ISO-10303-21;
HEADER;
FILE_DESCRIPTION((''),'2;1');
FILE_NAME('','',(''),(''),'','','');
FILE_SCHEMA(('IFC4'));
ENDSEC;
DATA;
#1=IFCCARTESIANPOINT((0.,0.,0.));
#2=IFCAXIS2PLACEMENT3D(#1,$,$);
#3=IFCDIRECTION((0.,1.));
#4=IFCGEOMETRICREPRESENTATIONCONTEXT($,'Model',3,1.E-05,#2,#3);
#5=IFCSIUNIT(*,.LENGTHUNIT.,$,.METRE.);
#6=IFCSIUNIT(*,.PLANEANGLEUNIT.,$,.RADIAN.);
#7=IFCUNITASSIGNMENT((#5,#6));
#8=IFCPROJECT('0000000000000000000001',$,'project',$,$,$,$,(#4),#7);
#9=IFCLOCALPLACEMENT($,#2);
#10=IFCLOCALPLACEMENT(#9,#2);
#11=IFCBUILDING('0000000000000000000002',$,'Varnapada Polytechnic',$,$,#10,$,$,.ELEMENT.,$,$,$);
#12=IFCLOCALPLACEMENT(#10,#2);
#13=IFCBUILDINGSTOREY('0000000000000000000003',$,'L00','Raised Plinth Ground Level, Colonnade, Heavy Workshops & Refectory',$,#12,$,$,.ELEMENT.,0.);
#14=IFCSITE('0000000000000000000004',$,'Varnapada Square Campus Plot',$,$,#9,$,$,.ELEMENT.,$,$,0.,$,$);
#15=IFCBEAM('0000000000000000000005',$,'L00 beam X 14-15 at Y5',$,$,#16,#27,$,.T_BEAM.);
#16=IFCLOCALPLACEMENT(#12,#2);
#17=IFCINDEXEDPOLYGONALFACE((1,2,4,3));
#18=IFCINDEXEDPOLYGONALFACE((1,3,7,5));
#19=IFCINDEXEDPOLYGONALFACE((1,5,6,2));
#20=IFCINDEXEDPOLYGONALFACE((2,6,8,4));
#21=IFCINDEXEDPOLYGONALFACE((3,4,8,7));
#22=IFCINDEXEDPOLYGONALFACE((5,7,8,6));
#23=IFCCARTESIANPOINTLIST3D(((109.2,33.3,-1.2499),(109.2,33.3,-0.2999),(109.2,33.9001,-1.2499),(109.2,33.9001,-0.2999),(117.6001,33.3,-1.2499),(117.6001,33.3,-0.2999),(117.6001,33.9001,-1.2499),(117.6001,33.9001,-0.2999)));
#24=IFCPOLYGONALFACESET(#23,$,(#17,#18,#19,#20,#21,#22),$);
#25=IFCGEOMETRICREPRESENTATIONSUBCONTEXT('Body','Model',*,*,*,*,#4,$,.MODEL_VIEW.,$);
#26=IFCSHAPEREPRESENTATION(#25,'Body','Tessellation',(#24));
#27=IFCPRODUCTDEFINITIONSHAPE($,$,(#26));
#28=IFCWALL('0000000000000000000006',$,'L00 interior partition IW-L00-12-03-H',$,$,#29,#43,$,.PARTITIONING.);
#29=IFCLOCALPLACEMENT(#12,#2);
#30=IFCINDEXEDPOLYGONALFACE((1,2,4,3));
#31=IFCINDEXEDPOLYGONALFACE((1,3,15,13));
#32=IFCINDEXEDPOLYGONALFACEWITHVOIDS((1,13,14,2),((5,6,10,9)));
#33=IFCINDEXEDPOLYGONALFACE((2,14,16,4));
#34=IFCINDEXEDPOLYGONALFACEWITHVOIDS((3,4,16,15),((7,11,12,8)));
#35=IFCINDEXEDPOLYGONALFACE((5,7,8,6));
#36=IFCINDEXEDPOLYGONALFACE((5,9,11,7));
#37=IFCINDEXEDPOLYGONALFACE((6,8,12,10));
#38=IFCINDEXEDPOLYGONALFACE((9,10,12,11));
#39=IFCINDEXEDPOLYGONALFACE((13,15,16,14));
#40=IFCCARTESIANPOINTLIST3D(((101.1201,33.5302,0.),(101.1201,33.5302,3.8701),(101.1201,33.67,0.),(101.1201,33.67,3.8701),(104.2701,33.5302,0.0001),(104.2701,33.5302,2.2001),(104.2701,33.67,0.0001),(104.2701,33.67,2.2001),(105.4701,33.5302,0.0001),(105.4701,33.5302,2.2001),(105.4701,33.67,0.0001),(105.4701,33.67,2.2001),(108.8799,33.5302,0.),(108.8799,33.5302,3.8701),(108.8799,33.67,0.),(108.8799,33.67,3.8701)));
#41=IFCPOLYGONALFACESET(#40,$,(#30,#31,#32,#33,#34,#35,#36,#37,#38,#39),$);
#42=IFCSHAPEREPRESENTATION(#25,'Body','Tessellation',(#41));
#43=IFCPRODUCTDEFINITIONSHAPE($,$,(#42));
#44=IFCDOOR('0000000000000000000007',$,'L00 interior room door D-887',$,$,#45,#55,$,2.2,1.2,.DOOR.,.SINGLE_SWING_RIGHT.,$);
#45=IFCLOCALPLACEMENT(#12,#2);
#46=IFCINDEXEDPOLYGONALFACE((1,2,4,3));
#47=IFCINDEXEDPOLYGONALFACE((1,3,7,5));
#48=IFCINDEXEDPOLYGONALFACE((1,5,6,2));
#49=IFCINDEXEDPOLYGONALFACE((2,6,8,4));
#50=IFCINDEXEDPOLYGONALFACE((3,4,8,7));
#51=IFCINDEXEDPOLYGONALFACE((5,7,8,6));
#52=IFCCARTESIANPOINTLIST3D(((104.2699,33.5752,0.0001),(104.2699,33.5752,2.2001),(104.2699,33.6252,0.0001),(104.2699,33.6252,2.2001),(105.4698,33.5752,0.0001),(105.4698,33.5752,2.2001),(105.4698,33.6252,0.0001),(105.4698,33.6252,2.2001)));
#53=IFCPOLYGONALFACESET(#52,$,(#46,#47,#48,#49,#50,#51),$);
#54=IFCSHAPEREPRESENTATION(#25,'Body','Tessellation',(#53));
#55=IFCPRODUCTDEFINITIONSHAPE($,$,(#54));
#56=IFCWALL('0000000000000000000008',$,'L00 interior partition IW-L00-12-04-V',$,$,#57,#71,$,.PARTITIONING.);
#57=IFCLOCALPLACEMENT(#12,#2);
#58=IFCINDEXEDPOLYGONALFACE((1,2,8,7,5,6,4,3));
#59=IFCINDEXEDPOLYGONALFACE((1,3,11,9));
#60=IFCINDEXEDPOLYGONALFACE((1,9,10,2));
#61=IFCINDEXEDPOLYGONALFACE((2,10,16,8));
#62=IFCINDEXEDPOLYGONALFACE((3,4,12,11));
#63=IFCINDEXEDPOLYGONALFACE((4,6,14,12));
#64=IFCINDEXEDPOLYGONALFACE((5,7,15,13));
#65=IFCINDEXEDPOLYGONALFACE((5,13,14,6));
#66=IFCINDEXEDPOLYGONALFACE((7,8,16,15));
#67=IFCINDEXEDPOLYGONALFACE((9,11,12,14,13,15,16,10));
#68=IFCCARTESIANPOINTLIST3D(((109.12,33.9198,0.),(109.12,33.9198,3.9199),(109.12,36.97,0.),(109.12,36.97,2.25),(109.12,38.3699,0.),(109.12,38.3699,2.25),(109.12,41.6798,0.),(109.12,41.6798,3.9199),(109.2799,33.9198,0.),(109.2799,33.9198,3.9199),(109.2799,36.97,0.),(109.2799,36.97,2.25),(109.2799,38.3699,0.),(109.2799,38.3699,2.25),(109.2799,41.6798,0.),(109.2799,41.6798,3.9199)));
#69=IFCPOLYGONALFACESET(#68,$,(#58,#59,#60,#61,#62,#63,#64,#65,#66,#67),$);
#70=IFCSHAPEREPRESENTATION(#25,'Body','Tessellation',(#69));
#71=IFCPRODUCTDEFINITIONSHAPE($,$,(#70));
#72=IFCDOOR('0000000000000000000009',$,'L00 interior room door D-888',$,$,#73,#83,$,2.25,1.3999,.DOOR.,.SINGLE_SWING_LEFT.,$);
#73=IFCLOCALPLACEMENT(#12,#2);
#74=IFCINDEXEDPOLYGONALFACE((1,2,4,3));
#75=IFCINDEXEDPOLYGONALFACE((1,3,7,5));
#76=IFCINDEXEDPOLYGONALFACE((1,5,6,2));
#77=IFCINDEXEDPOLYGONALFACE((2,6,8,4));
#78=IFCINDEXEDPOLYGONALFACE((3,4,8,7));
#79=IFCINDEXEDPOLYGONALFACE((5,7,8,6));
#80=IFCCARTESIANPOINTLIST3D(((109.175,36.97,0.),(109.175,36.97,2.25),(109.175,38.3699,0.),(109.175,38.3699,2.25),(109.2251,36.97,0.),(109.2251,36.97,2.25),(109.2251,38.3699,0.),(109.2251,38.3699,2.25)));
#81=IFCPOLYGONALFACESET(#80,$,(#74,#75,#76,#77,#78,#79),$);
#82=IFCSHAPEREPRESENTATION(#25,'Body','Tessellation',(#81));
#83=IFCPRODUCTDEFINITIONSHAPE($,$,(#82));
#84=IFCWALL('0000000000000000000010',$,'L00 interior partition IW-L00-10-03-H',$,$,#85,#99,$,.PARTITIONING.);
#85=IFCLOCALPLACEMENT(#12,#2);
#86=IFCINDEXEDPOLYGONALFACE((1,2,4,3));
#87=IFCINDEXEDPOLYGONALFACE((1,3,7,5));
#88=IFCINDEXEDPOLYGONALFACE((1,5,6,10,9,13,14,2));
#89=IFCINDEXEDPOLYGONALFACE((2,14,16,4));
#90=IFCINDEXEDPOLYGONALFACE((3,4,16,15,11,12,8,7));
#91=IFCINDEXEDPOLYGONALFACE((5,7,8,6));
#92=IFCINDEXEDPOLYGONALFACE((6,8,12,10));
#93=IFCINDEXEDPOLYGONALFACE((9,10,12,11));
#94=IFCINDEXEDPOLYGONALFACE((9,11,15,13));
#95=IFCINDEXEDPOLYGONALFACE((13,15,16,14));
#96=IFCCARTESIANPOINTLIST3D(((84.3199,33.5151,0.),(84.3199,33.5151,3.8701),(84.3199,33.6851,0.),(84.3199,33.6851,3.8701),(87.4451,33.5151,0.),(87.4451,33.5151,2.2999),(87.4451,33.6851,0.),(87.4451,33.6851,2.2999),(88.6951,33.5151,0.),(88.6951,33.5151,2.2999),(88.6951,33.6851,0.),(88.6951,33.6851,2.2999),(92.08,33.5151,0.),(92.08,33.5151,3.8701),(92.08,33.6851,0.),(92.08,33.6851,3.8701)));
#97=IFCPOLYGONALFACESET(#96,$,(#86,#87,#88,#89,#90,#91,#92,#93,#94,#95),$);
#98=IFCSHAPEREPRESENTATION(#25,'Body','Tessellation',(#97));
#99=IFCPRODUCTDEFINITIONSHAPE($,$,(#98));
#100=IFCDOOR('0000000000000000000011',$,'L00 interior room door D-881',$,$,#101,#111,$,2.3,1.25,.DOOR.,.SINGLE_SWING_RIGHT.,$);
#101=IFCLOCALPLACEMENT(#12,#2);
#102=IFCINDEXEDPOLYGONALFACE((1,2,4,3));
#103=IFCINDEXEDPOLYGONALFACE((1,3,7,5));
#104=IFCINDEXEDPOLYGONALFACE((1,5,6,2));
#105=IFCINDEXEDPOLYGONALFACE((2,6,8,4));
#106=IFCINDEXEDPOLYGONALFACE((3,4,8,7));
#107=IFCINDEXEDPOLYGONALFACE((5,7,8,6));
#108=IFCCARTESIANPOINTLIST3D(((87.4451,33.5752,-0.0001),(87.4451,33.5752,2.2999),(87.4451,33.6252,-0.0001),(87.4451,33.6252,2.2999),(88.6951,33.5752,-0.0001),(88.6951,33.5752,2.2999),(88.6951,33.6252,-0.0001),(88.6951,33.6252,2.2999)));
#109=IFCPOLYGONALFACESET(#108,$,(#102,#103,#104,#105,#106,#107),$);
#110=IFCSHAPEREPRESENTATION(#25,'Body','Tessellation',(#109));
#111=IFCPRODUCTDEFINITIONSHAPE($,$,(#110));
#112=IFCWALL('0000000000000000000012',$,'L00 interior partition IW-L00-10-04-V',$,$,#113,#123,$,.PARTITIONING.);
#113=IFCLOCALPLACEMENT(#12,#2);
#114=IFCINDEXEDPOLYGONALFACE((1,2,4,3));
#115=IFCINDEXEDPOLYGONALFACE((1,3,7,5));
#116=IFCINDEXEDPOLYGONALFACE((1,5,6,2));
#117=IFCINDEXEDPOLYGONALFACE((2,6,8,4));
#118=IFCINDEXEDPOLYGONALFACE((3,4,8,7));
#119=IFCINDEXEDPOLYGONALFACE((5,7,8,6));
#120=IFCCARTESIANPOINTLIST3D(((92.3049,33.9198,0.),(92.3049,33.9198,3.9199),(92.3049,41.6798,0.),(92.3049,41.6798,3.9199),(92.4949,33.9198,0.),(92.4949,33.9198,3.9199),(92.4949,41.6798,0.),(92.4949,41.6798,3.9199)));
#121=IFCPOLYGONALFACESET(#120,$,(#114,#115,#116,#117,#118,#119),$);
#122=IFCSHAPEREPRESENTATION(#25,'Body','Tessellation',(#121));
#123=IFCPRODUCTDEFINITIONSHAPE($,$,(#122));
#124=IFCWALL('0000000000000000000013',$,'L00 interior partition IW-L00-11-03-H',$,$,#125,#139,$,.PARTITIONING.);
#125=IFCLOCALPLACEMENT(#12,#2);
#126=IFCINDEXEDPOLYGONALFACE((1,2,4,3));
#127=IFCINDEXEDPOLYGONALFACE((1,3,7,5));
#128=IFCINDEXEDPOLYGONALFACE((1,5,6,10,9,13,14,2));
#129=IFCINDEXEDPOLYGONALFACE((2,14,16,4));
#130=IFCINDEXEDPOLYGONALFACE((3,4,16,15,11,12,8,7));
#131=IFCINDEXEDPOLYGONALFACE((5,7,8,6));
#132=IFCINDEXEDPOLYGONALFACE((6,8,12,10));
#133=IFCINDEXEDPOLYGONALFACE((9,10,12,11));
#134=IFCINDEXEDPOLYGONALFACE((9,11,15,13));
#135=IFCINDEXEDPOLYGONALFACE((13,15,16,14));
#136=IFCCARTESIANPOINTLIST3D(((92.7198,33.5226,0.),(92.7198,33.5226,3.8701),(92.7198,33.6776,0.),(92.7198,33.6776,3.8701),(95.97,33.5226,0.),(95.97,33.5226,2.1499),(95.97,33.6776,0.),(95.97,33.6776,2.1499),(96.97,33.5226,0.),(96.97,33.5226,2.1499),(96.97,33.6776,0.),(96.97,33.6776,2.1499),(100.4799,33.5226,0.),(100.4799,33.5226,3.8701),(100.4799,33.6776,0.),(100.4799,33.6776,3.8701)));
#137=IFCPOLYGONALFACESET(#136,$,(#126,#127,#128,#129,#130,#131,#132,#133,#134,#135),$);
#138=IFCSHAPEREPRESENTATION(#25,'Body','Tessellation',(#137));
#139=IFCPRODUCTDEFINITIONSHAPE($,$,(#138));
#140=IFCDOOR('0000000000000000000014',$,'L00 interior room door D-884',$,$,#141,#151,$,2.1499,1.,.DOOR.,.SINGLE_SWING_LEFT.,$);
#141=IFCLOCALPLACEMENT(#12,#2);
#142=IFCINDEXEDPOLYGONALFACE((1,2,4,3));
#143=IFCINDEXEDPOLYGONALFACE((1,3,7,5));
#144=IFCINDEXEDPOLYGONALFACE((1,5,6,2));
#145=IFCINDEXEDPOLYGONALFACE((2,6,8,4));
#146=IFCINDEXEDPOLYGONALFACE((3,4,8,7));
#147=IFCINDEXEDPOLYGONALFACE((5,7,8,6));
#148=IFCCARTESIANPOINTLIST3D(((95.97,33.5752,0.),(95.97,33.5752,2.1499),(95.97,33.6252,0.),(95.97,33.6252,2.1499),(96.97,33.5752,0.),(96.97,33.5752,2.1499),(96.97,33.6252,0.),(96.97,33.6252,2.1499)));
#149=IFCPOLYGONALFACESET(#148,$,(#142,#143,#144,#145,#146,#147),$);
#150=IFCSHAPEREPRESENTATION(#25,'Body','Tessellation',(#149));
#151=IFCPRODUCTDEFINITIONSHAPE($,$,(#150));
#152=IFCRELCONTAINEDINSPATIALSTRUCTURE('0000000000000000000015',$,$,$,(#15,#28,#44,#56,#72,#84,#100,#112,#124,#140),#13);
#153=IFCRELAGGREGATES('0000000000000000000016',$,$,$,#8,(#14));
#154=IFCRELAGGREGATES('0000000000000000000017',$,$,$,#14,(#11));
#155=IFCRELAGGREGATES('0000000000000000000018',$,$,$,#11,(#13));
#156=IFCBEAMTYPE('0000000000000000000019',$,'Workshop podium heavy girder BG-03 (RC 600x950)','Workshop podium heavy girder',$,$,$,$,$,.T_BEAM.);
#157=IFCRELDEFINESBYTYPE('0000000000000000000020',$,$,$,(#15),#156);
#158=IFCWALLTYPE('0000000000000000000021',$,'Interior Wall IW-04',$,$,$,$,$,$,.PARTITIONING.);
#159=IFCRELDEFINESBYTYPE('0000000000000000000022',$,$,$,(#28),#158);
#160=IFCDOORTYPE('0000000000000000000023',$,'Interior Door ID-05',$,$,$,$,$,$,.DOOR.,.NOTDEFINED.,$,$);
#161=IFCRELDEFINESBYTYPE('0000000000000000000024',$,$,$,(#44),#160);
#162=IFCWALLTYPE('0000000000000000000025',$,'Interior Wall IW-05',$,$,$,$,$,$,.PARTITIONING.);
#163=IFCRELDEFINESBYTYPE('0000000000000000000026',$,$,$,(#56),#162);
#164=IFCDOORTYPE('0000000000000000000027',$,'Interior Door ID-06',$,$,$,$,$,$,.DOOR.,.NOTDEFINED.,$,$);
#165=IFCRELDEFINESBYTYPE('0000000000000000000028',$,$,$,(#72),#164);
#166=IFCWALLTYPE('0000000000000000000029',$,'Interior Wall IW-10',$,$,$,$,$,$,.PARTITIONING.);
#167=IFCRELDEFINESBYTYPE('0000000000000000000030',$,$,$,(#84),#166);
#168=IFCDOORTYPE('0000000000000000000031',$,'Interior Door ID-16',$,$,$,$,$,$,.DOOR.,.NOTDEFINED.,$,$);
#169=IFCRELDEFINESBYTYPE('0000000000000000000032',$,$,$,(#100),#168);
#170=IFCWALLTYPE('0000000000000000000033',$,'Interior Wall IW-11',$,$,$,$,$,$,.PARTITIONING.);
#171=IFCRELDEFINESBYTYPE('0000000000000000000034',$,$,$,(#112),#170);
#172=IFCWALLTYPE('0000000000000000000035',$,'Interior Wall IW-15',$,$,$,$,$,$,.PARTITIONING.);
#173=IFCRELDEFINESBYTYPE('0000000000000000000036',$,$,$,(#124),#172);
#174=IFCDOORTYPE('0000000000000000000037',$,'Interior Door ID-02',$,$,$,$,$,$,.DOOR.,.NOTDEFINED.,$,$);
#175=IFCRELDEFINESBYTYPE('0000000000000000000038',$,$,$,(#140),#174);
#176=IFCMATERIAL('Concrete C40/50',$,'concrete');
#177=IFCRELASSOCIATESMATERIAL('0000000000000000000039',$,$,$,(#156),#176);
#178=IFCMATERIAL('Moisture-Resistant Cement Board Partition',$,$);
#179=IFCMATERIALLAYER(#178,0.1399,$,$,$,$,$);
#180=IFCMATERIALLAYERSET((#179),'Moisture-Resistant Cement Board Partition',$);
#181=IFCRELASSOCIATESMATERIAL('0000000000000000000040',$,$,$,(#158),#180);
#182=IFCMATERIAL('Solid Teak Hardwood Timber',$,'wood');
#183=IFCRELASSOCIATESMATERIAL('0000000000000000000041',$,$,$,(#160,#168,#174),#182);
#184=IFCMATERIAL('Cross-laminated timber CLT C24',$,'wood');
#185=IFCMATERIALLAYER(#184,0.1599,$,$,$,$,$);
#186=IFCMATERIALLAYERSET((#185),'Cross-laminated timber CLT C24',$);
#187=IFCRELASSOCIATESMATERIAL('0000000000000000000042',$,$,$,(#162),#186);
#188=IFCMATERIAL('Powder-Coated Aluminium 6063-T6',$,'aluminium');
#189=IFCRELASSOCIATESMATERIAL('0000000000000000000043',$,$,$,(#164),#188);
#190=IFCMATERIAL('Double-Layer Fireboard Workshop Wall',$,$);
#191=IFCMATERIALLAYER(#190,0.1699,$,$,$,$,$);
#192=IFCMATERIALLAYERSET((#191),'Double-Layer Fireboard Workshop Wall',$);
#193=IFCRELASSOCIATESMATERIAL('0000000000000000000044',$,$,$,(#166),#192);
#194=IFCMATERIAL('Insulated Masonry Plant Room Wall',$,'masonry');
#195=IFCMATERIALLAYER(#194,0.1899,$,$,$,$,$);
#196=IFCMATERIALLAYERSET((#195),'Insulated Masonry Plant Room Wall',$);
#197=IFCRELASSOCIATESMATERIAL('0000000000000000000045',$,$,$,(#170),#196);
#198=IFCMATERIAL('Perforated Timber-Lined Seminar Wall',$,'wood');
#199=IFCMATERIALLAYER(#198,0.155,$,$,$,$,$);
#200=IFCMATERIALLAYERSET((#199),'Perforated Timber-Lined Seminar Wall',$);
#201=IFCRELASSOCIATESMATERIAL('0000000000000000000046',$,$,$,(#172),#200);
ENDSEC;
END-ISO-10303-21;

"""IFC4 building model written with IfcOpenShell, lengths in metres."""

from ifc_helpers import new_model, si_unit, direction, frame, frame_2d, origin, origin_2d, place, context, subcontext, project, spatial, rectangle, extrude, material, layer, layer_set, material_profile, profile_set, type_object, element, fill, save


model = new_model("IFC4")

# Units and contexts
model_context = context("Model", 3, precision=1e-05, world=origin(), true_north=direction((0.0, 1.0)))
body_context = subcontext(model_context, "Body", "Model", "MODEL_VIEW")
ifc_project = project(units=[si_unit("LENGTHUNIT", "METRE"), si_unit("PLANEANGLEUNIT", "RADIAN")], contexts=[model_context])

# Site, building, storey
site_placement = place(None, origin())
site = spatial("IfcSite", under=ifc_project, at=site_placement, Name="Varnapada Square Campus Plot", CompositionType="ELEMENT", RefElevation=0.0)
building_placement = place(site_placement, origin())
building = spatial("IfcBuilding", under=site, at=building_placement, Name="Varnapada Polytechnic", CompositionType="ELEMENT")
storey_placement = place(building_placement, origin())
storey = spatial("IfcBuildingStorey", under=building, at=storey_placement, Name="L00", Description="Raised Plinth Ground Level, Colonnade, Heavy Workshops & Refectory", CompositionType="ELEMENT", Elevation=0.0)

# Shared definitions
ifc_material_1 = material(Name="Concrete C40/50", Category="concrete")

# Beam
ifc_material_profile_1 = material_profile(ifc_material_1, rectangle(XDim=0.6001, YDim=0.95, at=origin_2d()), Name="RC 600x950")
ifc_profile_set_1 = profile_set([ifc_material_profile_1], Name="Concrete C40/50")
beam_type_1 = type_object("IfcBeamType", Name="Workshop podium heavy girder BG-03 (RC 600x950)", Description="Workshop podium heavy girder", PredefinedType="T_BEAM", material=ifc_profile_set_1)
for number, where, z_axis, x_axis, name in (
    (1, (109.2, 33.6001, -0.7749), (1.0, 0.0, 0.0), (0.0, 1.0, 0.0), "L00 beam X 14-15 at Y5"),
):
    element("IfcBeam", number, at=place(storey_placement, frame(where, z_axis=z_axis, x_axis=x_axis)), inside=storey, type_object=beam_type_1, Name=name, PredefinedType="T_BEAM", context=body_context, shape_type="SweptSolid", body=[
        extrude(rectangle(XDim=0.6001, YDim=0.95, at=origin_2d()), origin(), (0.0, 0.0, 1.0), 8.4001),
    ])

# Walls, openings, doors
ifc_material_2 = material(Name="Moisture-Resistant Cement Board Partition")
ifc_layer_1 = layer(ifc_material_2, 0.1399)
ifc_layer_set_1 = layer_set([ifc_layer_1], Name="Moisture-Resistant Cement Board Partition")
wall_type_1 = type_object("IfcWallType", Name="Interior Wall IW-04", PredefinedType="PARTITIONING", material=ifc_layer_set_1)
wall_1_placement = place(storey_placement, frame((101.1201, 33.6001, 0.0), z_axis=(0.0, 0.0, 1.0), x_axis=(1.0, 0.0, 0.0)))
wall_1 = element("IfcWall", 2, at=wall_1_placement, inside=storey, type_object=wall_type_1, Name="L00 interior partition IW-L00-12-03-H", PredefinedType="PARTITIONING", context=body_context, shape_type="SweptSolid", body=[
    extrude(rectangle(XDim=7.7598, YDim=0.1399, at=frame_2d((3.8799, 0.0))), origin(), (0.0, 0.0, 1.0), 3.8701),
])
opening_1_placement = place(wall_1_placement, frame((3.1499, 0.0, 0.0)))
opening_1 = element("IfcOpeningElement", 3, at=opening_1_placement, cuts=wall_1, PredefinedType="OPENING", context=body_context, shape_type="SweptSolid", body=[
    extrude(rectangle(XDim=1.2, YDim=2.2, at=frame_2d((0.6001, 1.1001))), frame((0.0, 0.0798, 0.0), z_axis=(0.0, -1.0, 0.0), x_axis=(1.0, 0.0, 0.0)), (0.0, 0.0, 1.0), 0.1599),
])
ifc_material_3 = material(Name="Solid Teak Hardwood Timber", Category="wood")
door_type_1 = type_object("IfcDoorType", Name="Interior Door ID-05", OperationType="NOTDEFINED", PredefinedType="DOOR", material=ifc_material_3)
door_1_placement = place(opening_1_placement, frame((1.2, 0.0, 0.0), z_axis=(0.0, 0.0, 1.0), x_axis=(-1.0, 0.0, 0.0)))
door_1 = element("IfcDoor", 4, at=door_1_placement, inside=storey, type_object=door_type_1, Name="L00 interior room door D-887", OperationType="SINGLE_SWING_RIGHT", OverallHeight=2.2, OverallWidth=1.2, PredefinedType="DOOR", context=body_context, shape_type="SweptSolid", body=[
    extrude(rectangle(XDim=1.2, YDim=2.2, at=frame_2d((0.6001, 1.1001))), frame((0.0, 0.0249, 0.0), z_axis=(0.0, -1.0, 0.0), x_axis=(1.0, 0.0, 0.0)), (0.0, 0.0, 1.0), 0.05),
])
fill(opening_1, door_1)
ifc_material_4 = material(Name="Cross-laminated timber CLT C24", Category="wood")
ifc_layer_2 = layer(ifc_material_4, 0.1599)
ifc_layer_set_2 = layer_set([ifc_layer_2], Name="Cross-laminated timber CLT C24")
wall_type_2 = type_object("IfcWallType", Name="Interior Wall IW-05", PredefinedType="PARTITIONING", material=ifc_layer_set_2)
wall_2_placement = place(storey_placement, frame((109.2, 33.9199, 0.0), z_axis=(0.0, 0.0, 1.0), x_axis=(0.0, 1.0, 0.0)))
wall_2 = element("IfcWall", 5, at=wall_2_placement, inside=storey, type_object=wall_type_2, Name="L00 interior partition IW-L00-12-04-V", PredefinedType="PARTITIONING", context=body_context, shape_type="SweptSolid", body=[
    extrude(rectangle(XDim=7.76, YDim=0.1599, at=frame_2d((3.8799, 0.0))), origin(), (0.0, 0.0, 1.0), 3.9199),
])
opening_2_placement = place(wall_2_placement, frame((3.05, 0.0, 0.0)))
opening_2 = element("IfcOpeningElement", 6, at=opening_2_placement, cuts=wall_2, PredefinedType="OPENING", context=body_context, shape_type="SweptSolid", body=[
    extrude(rectangle(XDim=1.3999, YDim=2.25, at=frame_2d((0.7, 1.125))), frame((0.0, 0.0898, 0.0), z_axis=(0.0, -1.0, 0.0), x_axis=(1.0, 0.0, 0.0)), (0.0, 0.0, 1.0), 0.1799),
])
ifc_material_5 = material(Name="Powder-Coated Aluminium 6063-T6", Category="aluminium")
door_type_2 = type_object("IfcDoorType", Name="Interior Door ID-06", OperationType="NOTDEFINED", PredefinedType="DOOR", material=ifc_material_5)
door_2_placement = place(opening_2_placement, origin())
door_2 = element("IfcDoor", 7, at=door_2_placement, inside=storey, type_object=door_type_2, Name="L00 interior room door D-888", OperationType="SINGLE_SWING_LEFT", OverallHeight=2.25, OverallWidth=1.3999, PredefinedType="DOOR", context=body_context, shape_type="SweptSolid", body=[
    extrude(rectangle(XDim=1.3999, YDim=2.25, at=frame_2d((0.7, 1.125))), frame((0.0, 0.0249, 0.0), z_axis=(0.0, -1.0, 0.0), x_axis=(1.0, 0.0, 0.0)), (0.0, 0.0, 1.0), 0.05),
])
fill(opening_2, door_2)
ifc_material_6 = material(Name="Double-Layer Fireboard Workshop Wall")
ifc_layer_3 = layer(ifc_material_6, 0.1699)
ifc_layer_set_3 = layer_set([ifc_layer_3], Name="Double-Layer Fireboard Workshop Wall")
wall_type_3 = type_object("IfcWallType", Name="Interior Wall IW-10", PredefinedType="PARTITIONING", material=ifc_layer_set_3)
wall_3_placement = place(storey_placement, frame((84.3201, 33.6001, 0.0), z_axis=(0.0, 0.0, 1.0), x_axis=(1.0, 0.0, 0.0)))
wall_3 = element("IfcWall", 8, at=wall_3_placement, inside=storey, type_object=wall_type_3, Name="L00 interior partition IW-L00-10-03-H", PredefinedType="PARTITIONING", context=body_context, shape_type="SweptSolid", body=[
    extrude(rectangle(XDim=7.76, YDim=0.1699, at=frame_2d((3.8799, 0.0))), origin(), (0.0, 0.0, 1.0), 3.8701),
])
opening_3_placement = place(wall_3_placement, frame((3.125, 0.0, 0.0)))
opening_3 = element("IfcOpeningElement", 9, at=opening_3_placement, cuts=wall_3, PredefinedType="OPENING", context=body_context, shape_type="SweptSolid", body=[
    extrude(rectangle(XDim=1.25, YDim=2.3, at=frame_2d((0.625, 1.1499))), frame((0.0, 0.095, 0.0), z_axis=(0.0, -1.0, 0.0), x_axis=(1.0, 0.0, 0.0)), (0.0, 0.0, 1.0), 0.1899),
])
door_type_3 = type_object("IfcDoorType", Name="Interior Door ID-16", OperationType="NOTDEFINED", PredefinedType="DOOR", material=ifc_material_3)
door_3_placement = place(opening_3_placement, frame((1.25, 0.0, 0.0), z_axis=(0.0, 0.0, 1.0), x_axis=(-1.0, 0.0, 0.0)))
door_3 = element("IfcDoor", 10, at=door_3_placement, inside=storey, type_object=door_type_3, Name="L00 interior room door D-881", OperationType="SINGLE_SWING_RIGHT", OverallHeight=2.3, OverallWidth=1.25, PredefinedType="DOOR", context=body_context, shape_type="SweptSolid", body=[
    extrude(rectangle(XDim=1.25, YDim=2.3, at=frame_2d((0.625, 1.1499))), frame((0.0, 0.0249, 0.0), z_axis=(0.0, -1.0, 0.0), x_axis=(1.0, 0.0, 0.0)), (0.0, 0.0, 1.0), 0.05),
])
fill(opening_3, door_3)

# Wall
ifc_material_7 = material(Name="Insulated Masonry Plant Room Wall", Category="masonry")
ifc_layer_4 = layer(ifc_material_7, 0.1899)
ifc_layer_set_4 = layer_set([ifc_layer_4], Name="Insulated Masonry Plant Room Wall")
wall_type_4 = type_object("IfcWallType", Name="Interior Wall IW-11", PredefinedType="PARTITIONING", material=ifc_layer_set_4)
wall_4_placement = place(storey_placement, frame((92.3999, 33.9199, 0.0), z_axis=(0.0, 0.0, 1.0), x_axis=(0.0, 1.0, 0.0)))
element("IfcWall", 11, at=wall_4_placement, inside=storey, type_object=wall_type_4, Name="L00 interior partition IW-L00-10-04-V", PredefinedType="PARTITIONING", context=body_context, shape_type="SweptSolid", body=[
    extrude(rectangle(XDim=7.76, YDim=0.1899, at=frame_2d((3.8799, 0.0))), origin(), (0.0, 0.0, 1.0), 3.9199),
])

# Wall, opening, door
ifc_material_8 = material(Name="Perforated Timber-Lined Seminar Wall", Category="wood")
ifc_layer_5 = layer(ifc_material_8, 0.155)
ifc_layer_set_5 = layer_set([ifc_layer_5], Name="Perforated Timber-Lined Seminar Wall")
wall_type_5 = type_object("IfcWallType", Name="Interior Wall IW-15", PredefinedType="PARTITIONING", material=ifc_layer_set_5)
wall_5_placement = place(storey_placement, frame((92.72, 33.6001, 0.0), z_axis=(0.0, 0.0, 1.0), x_axis=(1.0, 0.0, 0.0)))
wall_5 = element("IfcWall", 12, at=wall_5_placement, inside=storey, type_object=wall_type_5, Name="L00 interior partition IW-L00-11-03-H", PredefinedType="PARTITIONING", context=body_context, shape_type="SweptSolid", body=[
    extrude(rectangle(XDim=7.76, YDim=0.155, at=frame_2d((3.8799, 0.0))), origin(), (0.0, 0.0, 1.0), 3.8701),
])
opening_4_placement = place(wall_5_placement, frame((3.25, 0.0, 0.0)))
opening_4 = element("IfcOpeningElement", 13, at=opening_4_placement, cuts=wall_5, PredefinedType="OPENING", context=body_context, shape_type="SweptSolid", body=[
    extrude(rectangle(XDim=1.0, YDim=2.1499, at=frame_2d((0.5, 1.075))), frame((0.0, 0.0874, 0.0), z_axis=(0.0, -1.0, 0.0), x_axis=(1.0, 0.0, 0.0)), (0.0, 0.0, 1.0), 0.175),
])
door_type_4 = type_object("IfcDoorType", Name="Interior Door ID-02", OperationType="NOTDEFINED", PredefinedType="DOOR", material=ifc_material_3)
door_4_placement = place(opening_4_placement, frame((1.0, 0.0, 0.0), z_axis=(0.0, 0.0, 1.0), x_axis=(-1.0, 0.0, 0.0)))
door_4 = element("IfcDoor", 14, at=door_4_placement, inside=storey, type_object=door_type_4, Name="L00 interior room door D-884", OperationType="SINGLE_SWING_LEFT", OverallHeight=2.1499, OverallWidth=1.0, PredefinedType="DOOR", context=body_context, shape_type="SweptSolid", body=[
    extrude(rectangle(XDim=1.0, YDim=2.1499, at=frame_2d((0.5, 1.075))), frame((0.0, 0.0249, 0.0), z_axis=(0.0, -1.0, 0.0), x_axis=(1.0, 0.0, 0.0)), (0.0, 0.0, 1.0), 0.05),
])
fill(opening_4, door_4)

save(model, "model.ifc")
